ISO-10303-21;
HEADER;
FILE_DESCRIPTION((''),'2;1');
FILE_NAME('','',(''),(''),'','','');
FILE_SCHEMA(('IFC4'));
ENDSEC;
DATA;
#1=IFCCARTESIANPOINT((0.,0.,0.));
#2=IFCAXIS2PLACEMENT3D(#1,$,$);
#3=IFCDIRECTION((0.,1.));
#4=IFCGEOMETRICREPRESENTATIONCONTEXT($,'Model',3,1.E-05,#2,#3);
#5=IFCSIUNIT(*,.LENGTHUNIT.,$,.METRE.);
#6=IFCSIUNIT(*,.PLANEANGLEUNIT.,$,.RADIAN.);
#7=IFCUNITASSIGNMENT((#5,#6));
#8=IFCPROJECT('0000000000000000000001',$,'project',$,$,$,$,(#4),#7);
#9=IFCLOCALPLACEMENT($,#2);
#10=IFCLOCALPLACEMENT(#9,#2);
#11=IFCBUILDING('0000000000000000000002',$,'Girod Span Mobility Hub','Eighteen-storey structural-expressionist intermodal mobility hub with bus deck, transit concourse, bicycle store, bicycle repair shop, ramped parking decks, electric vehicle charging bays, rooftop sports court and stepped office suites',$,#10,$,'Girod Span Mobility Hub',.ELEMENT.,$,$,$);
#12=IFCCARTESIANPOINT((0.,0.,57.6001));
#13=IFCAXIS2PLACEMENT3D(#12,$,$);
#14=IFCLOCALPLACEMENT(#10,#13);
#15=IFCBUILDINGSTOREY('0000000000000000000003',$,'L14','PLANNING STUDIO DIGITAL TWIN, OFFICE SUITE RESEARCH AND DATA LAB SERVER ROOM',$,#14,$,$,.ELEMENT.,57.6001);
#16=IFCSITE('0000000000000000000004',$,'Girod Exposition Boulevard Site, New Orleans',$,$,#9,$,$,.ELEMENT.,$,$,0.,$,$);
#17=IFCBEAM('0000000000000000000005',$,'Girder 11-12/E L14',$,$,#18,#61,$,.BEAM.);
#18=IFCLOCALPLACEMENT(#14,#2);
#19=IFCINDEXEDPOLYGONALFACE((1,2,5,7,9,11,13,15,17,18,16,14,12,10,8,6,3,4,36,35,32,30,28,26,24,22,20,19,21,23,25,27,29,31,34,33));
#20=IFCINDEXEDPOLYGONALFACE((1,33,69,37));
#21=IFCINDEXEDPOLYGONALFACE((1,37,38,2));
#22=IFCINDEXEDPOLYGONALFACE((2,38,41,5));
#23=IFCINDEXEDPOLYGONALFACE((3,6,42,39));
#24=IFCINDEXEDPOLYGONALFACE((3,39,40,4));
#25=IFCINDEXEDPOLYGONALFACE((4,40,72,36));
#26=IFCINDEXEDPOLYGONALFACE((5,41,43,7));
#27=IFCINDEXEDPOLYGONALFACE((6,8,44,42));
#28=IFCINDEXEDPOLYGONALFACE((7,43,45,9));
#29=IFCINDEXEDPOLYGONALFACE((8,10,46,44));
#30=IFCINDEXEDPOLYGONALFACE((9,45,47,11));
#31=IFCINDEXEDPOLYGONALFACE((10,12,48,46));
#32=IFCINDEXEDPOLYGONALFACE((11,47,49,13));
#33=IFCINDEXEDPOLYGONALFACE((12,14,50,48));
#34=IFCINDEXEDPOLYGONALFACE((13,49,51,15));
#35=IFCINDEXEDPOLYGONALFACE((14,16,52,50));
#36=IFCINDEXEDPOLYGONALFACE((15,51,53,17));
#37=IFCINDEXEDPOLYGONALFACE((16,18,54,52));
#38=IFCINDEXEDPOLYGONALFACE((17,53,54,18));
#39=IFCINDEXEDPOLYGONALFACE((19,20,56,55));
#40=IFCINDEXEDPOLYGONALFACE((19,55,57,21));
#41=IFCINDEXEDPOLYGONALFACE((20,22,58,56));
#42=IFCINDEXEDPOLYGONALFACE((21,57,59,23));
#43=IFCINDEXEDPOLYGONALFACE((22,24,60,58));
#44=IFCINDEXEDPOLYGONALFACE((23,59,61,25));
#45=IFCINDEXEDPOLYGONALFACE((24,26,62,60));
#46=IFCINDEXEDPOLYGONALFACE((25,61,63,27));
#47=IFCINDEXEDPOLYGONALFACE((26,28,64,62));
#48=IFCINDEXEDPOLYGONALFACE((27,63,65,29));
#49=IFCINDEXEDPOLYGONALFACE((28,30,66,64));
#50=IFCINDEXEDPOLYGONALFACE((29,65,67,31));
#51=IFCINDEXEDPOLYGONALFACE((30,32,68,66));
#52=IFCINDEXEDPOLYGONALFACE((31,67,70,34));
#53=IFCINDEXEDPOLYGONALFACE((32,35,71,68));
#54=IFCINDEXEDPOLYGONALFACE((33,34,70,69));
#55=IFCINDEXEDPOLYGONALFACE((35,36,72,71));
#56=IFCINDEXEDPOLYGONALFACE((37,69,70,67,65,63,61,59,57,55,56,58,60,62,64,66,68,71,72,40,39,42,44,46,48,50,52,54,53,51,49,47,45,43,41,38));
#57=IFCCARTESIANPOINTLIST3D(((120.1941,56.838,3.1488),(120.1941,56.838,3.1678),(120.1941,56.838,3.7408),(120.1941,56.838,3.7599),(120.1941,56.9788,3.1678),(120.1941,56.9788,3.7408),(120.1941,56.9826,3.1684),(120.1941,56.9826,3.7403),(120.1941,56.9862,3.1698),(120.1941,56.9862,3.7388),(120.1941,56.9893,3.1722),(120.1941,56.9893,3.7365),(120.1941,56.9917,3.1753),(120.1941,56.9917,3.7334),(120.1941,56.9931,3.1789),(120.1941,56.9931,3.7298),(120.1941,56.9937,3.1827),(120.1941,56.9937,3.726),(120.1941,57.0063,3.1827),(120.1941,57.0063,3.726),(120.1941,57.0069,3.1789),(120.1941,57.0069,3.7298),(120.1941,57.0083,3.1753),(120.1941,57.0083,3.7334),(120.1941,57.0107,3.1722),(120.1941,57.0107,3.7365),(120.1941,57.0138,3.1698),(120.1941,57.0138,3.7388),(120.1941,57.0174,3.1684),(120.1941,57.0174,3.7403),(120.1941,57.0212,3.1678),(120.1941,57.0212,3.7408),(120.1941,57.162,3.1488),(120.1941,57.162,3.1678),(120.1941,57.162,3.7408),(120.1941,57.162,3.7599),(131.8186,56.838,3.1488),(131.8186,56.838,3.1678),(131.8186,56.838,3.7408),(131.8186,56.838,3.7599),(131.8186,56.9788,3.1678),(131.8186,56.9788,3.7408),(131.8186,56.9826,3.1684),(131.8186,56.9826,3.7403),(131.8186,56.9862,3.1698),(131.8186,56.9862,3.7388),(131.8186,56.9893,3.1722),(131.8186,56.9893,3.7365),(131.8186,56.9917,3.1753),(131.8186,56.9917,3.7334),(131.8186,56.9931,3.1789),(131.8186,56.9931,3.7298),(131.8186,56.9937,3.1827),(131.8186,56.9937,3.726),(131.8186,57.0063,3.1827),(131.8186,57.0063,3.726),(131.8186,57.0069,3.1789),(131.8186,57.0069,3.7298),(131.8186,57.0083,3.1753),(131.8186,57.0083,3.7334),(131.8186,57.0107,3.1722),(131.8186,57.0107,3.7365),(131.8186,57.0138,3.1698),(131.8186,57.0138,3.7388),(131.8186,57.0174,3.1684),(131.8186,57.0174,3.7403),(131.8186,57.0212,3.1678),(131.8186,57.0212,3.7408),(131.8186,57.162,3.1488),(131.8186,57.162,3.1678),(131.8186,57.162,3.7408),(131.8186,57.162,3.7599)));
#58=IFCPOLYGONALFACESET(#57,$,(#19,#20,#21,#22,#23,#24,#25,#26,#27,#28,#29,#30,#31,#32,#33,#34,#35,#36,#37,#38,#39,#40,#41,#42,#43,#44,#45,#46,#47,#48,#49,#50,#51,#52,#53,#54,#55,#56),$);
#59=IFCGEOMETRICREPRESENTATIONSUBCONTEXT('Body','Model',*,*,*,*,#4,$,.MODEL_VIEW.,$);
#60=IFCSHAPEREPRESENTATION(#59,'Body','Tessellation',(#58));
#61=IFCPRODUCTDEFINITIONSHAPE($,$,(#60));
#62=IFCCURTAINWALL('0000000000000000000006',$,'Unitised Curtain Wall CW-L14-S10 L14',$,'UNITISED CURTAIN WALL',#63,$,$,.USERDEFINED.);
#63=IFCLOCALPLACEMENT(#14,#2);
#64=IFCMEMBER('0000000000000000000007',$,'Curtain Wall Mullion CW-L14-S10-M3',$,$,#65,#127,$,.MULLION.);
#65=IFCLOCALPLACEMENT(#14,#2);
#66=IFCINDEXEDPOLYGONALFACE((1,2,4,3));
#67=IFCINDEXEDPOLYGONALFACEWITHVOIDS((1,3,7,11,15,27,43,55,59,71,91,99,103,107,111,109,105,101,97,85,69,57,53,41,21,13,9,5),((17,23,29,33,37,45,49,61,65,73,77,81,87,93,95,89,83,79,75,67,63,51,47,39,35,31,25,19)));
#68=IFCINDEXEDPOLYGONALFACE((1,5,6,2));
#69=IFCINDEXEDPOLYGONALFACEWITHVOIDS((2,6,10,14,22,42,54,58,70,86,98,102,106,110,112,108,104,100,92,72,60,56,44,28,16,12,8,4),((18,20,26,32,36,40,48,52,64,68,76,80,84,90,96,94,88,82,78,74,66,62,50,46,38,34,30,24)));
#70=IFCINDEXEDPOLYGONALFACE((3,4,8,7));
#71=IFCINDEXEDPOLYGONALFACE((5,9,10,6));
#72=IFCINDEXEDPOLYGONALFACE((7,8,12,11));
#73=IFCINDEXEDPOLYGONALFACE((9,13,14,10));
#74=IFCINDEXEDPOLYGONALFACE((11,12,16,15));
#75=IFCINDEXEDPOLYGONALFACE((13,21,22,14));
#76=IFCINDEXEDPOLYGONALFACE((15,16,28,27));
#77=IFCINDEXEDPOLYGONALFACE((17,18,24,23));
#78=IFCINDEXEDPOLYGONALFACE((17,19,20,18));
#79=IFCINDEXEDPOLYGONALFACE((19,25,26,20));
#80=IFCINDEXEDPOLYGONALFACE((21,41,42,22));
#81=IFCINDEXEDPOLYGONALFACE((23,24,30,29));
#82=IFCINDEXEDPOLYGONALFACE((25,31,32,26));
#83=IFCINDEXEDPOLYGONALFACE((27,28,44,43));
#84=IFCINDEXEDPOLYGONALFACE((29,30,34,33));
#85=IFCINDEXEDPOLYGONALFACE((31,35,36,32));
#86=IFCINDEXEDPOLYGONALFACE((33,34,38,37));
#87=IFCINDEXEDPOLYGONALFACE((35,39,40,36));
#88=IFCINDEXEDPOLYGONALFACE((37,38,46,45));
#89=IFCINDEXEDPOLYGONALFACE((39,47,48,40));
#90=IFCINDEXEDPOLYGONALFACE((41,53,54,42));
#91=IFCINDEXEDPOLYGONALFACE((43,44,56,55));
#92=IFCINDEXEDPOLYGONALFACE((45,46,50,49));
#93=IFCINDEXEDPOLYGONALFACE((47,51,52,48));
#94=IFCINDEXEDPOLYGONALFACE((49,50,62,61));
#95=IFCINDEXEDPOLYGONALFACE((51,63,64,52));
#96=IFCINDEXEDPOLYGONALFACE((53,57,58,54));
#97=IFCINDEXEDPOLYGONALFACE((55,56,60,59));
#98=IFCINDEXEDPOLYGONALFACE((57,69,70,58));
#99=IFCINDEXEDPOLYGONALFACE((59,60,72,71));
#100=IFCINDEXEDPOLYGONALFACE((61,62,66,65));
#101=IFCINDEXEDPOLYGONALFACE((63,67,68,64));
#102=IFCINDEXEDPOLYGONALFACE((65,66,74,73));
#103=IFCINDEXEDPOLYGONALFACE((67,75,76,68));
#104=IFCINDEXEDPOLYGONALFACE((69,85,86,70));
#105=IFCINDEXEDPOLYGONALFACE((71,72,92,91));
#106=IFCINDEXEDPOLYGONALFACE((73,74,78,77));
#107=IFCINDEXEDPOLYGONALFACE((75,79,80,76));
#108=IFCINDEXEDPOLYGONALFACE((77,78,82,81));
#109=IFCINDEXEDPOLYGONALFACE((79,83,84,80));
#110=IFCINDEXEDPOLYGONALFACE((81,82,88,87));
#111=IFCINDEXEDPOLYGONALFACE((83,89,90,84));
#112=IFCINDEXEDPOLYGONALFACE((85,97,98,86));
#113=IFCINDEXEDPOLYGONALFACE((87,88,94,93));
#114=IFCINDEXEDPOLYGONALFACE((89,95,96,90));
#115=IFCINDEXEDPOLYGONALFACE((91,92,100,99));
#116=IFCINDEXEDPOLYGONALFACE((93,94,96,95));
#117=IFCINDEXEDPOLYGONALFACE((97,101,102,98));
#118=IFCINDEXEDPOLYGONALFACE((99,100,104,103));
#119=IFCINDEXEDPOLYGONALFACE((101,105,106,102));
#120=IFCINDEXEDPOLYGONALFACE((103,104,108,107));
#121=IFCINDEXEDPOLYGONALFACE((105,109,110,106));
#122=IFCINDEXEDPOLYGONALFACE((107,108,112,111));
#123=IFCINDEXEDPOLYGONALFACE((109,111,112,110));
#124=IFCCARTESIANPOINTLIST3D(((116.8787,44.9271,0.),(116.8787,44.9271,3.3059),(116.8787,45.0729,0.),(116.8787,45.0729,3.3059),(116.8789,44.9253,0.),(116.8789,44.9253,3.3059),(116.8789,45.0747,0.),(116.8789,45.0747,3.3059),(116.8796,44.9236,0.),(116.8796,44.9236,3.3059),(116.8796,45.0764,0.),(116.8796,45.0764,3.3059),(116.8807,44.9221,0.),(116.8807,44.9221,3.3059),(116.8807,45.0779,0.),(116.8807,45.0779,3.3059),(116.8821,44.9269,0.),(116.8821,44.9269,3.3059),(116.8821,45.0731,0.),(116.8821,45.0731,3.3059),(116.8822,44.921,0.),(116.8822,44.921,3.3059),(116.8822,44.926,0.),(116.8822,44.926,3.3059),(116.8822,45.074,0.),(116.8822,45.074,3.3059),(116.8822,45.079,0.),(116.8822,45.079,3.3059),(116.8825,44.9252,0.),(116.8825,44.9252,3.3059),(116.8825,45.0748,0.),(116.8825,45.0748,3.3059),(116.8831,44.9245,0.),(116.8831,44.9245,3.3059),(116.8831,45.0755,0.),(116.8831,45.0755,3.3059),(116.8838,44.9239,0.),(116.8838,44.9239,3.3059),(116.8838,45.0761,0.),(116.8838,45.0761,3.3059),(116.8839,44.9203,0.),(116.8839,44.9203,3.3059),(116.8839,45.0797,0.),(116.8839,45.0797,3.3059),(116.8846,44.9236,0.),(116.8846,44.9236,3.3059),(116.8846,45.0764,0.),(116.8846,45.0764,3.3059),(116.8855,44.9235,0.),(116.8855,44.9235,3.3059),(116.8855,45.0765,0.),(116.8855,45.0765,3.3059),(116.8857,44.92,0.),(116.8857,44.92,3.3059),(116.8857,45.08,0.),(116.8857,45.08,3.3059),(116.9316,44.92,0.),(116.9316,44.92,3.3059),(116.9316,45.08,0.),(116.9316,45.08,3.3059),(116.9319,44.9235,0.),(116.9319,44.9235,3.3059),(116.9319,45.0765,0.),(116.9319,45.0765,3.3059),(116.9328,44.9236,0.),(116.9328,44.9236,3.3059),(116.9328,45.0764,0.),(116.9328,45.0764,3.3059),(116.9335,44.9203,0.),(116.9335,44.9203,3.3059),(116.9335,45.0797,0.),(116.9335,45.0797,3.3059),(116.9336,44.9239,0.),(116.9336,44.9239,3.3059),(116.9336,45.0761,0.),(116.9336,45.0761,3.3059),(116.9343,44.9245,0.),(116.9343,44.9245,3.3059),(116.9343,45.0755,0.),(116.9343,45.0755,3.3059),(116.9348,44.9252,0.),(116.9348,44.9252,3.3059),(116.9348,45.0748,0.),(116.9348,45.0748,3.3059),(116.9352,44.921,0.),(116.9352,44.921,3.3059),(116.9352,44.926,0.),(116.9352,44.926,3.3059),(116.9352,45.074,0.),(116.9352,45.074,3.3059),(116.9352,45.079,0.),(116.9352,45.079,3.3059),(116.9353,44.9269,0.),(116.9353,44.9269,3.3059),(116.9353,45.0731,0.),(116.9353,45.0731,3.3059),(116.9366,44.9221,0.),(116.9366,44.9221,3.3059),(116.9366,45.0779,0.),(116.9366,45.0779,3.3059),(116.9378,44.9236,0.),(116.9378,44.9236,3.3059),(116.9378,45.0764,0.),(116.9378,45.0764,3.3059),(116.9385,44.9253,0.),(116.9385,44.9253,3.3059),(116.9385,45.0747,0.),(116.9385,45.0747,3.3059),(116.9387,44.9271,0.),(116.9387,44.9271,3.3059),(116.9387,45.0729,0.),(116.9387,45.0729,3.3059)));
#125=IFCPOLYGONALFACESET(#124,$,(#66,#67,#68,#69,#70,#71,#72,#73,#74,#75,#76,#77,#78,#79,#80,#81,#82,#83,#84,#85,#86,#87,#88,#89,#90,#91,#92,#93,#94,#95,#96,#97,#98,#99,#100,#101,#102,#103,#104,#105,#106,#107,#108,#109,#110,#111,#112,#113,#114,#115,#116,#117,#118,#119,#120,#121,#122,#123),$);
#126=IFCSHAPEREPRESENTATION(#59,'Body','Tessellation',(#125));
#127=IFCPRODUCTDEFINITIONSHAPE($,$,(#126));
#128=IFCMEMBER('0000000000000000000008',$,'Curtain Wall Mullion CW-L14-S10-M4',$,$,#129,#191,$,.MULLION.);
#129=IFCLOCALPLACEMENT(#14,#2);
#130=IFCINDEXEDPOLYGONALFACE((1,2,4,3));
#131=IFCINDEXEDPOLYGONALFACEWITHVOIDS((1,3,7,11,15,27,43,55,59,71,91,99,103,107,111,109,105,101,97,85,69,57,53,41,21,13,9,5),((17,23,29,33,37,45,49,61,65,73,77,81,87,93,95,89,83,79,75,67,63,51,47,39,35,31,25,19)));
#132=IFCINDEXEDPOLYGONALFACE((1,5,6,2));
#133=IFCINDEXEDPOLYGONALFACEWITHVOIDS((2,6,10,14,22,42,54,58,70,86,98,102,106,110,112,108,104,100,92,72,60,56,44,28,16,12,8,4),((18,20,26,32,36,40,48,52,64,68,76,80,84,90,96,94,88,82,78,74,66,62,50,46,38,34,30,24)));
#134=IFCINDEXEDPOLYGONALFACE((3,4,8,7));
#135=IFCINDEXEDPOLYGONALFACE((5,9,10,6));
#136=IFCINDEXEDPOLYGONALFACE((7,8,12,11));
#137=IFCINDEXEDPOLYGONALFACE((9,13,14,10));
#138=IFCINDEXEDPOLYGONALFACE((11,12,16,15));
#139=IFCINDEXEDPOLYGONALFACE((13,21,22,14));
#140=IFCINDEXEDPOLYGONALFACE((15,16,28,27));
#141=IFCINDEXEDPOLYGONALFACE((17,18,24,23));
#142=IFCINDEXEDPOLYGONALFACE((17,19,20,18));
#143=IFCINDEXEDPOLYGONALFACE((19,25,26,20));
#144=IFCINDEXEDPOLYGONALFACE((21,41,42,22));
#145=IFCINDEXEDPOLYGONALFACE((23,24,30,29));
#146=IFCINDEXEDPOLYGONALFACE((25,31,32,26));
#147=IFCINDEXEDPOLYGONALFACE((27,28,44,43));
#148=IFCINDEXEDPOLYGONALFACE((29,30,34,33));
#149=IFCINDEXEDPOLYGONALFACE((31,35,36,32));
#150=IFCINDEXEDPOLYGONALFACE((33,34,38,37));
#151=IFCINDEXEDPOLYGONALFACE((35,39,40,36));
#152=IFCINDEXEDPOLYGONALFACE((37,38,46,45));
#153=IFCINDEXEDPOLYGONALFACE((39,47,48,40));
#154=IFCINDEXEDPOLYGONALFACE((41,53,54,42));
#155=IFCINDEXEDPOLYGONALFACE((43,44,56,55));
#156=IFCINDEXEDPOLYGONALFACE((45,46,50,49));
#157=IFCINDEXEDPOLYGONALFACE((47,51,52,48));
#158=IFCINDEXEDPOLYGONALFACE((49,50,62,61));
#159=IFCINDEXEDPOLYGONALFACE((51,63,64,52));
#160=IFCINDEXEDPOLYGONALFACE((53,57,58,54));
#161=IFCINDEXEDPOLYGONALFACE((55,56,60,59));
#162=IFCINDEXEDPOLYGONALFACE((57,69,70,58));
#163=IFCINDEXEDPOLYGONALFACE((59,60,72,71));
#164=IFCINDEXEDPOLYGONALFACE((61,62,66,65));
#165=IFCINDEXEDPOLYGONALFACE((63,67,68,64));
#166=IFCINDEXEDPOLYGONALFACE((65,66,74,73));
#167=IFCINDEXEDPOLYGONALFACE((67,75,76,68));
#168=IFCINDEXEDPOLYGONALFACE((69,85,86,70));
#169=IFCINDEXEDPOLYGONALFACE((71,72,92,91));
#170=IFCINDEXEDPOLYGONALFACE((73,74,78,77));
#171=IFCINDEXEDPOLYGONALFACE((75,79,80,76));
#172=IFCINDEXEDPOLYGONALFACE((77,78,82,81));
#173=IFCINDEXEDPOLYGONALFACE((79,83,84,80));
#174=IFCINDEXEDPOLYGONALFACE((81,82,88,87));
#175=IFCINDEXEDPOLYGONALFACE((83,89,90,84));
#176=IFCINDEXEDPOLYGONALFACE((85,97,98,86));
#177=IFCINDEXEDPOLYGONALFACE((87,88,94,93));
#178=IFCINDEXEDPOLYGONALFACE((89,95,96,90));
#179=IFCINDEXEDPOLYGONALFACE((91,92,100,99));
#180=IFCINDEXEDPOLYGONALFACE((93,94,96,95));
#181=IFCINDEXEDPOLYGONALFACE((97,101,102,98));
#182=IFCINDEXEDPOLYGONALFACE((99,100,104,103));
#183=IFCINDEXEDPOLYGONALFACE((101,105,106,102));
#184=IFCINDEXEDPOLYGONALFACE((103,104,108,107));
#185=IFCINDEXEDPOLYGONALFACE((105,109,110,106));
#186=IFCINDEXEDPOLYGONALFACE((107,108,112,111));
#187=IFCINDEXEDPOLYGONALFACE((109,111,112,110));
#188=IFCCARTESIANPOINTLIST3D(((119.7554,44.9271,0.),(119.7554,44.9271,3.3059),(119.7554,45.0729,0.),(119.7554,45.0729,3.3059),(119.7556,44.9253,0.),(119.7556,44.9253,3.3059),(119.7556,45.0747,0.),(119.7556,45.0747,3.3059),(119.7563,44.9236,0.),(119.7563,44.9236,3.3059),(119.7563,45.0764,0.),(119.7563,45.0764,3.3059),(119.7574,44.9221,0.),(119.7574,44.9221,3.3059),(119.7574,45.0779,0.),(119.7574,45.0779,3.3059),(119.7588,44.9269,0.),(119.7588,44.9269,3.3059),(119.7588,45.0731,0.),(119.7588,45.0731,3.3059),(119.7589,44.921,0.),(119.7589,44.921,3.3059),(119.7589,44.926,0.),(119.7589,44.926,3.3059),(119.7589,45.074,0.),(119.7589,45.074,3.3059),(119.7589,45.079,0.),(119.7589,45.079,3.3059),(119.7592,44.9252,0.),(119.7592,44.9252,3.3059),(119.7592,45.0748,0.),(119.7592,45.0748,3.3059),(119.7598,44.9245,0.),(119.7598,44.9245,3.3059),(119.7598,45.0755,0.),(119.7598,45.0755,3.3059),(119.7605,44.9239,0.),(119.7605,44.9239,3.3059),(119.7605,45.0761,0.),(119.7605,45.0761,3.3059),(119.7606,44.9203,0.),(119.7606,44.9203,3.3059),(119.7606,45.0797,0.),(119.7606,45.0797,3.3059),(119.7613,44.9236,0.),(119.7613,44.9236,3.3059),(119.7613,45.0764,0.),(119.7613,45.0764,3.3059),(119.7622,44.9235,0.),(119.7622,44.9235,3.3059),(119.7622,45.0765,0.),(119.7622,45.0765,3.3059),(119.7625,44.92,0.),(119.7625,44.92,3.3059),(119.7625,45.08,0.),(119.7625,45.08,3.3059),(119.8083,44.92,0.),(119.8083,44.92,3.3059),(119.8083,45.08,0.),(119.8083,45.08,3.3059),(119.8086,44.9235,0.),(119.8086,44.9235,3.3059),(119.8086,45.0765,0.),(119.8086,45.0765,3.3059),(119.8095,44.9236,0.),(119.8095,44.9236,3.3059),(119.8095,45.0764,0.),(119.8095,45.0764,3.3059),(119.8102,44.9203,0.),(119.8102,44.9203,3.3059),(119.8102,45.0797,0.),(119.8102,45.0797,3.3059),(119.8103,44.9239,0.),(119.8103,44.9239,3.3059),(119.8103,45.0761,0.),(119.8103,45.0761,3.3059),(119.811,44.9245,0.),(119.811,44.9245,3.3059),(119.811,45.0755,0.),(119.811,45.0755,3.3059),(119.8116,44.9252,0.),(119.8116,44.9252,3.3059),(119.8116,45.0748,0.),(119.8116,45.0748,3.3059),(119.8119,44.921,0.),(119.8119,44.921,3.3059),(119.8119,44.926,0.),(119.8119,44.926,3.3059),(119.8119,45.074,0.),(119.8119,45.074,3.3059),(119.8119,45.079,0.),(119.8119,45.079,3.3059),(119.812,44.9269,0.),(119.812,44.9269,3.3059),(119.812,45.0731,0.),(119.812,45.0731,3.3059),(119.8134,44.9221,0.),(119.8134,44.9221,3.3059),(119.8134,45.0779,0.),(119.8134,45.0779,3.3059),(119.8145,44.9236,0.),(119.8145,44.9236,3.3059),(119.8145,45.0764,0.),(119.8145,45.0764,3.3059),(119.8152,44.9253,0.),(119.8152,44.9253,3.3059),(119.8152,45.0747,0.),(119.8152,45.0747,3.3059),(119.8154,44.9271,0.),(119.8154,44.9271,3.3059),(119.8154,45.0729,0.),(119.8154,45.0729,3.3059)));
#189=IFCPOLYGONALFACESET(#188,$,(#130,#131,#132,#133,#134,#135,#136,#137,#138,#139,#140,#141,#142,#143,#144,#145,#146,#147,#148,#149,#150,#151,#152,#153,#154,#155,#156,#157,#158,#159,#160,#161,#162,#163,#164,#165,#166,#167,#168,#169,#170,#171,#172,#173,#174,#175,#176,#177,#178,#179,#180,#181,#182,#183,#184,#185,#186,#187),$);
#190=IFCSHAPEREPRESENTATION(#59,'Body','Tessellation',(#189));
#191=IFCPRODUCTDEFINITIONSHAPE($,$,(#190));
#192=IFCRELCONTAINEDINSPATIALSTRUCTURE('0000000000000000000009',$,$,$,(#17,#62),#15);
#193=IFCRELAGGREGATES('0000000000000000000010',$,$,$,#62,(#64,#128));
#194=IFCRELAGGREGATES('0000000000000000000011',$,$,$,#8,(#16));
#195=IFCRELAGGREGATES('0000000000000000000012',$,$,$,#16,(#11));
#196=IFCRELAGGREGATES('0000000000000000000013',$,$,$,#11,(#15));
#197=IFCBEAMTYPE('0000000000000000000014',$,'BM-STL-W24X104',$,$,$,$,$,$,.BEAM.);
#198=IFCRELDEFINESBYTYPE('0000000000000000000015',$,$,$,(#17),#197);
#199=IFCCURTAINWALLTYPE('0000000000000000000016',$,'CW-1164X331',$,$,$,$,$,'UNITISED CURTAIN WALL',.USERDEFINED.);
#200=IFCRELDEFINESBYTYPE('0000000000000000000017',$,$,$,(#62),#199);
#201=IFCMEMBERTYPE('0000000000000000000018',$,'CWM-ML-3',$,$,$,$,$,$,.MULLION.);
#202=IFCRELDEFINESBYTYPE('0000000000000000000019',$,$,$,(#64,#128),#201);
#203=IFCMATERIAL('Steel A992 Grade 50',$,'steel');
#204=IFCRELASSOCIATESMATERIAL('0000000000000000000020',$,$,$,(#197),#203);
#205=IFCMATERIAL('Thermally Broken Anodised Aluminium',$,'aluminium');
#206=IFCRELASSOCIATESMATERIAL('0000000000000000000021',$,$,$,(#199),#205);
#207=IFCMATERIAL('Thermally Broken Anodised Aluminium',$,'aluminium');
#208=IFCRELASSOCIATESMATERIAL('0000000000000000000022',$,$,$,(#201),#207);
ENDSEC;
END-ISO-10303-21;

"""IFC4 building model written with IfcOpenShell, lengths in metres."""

from ifc_helpers import new_model, si_unit, direction, frame, origin, origin_2d, place, context, subcontext, project, spatial, hollow_rectangle, i_section, extrude, material, material_profile, profile_set, type_object, element, aggregate, save


model = new_model("IFC4")

# Units and contexts
model_context = context("Model", 3, precision=1e-05, world=origin(), true_north=direction((0.0, 1.0)))
body_context = subcontext(model_context, "Body", "Model", "MODEL_VIEW")
ifc_project = project(units=[si_unit("LENGTHUNIT", "METRE"), si_unit("PLANEANGLEUNIT", "RADIAN")], contexts=[model_context])

# Site, building, storey
site_placement = place(None, origin())
site = spatial("IfcSite", under=ifc_project, at=site_placement, Name="Girod Exposition Boulevard Site, New Orleans", CompositionType="ELEMENT", RefElevation=0.0)
building_placement = place(site_placement, origin())
building = spatial("IfcBuilding", under=site, at=building_placement, Name="Girod Span Mobility Hub", Description="Eighteen-storey structural-expressionist intermodal mobility hub with bus deck, transit concourse, bicycle store, bicycle repair shop, ramped parking decks, electric vehicle charging bays, rooftop sports court and stepped office suites", LongName="Girod Span Mobility Hub", CompositionType="ELEMENT")
storey_placement = place(building_placement, frame((0.0, 0.0, 57.6001)))
storey = spatial("IfcBuildingStorey", under=building, at=storey_placement, Name="L14", Description="PLANNING STUDIO DIGITAL TWIN, OFFICE SUITE RESEARCH AND DATA LAB SERVER ROOM", CompositionType="ELEMENT", Elevation=57.6001)

# Beam
ifc_material_1 = material(Name="Steel A992 Grade 50", Category="steel")
ifc_material_profile_1 = material_profile(ifc_material_1, i_section(OverallWidth=0.324, OverallDepth=0.6111, WebThickness=0.0127, FlangeThickness=0.019, FilletRadius=0.0149, at=origin_2d()), Name="W24X104")
ifc_profile_set_1 = profile_set([ifc_material_profile_1], Name="Steel A992 Grade 50")
beam_type_1 = type_object("IfcBeamType", Name="BM-STL-W24X104", PredefinedType="BEAM", material=ifc_profile_set_1)
beam_1_placement = place(storey_placement, frame((120.1941, 57.0, 3.4543), z_axis=(1.0, 0.0, 0.0), x_axis=(0.0, 1.0, 0.0)))
element("IfcBeam", 1, at=beam_1_placement, inside=storey, type_object=beam_type_1, Name="Girder 11-12/E L14", PredefinedType="BEAM", context=body_context, shape_type="SweptSolid", body=[
    extrude(i_section(OverallWidth=0.324, OverallDepth=0.6111, WebThickness=0.0127, FlangeThickness=0.019, FilletRadius=0.0149, at=origin_2d()), origin(), (0.0, 0.0, 1.0), 11.6245),
])

# Curtain wall, members
ifc_material_2 = material(Name="Thermally Broken Anodised Aluminium", Category="aluminium")
curtain_wall_type = type_object("IfcCurtainWallType", Name="CW-1164X331", ElementType="UNITISED CURTAIN WALL", PredefinedType="USERDEFINED", material=ifc_material_2)
curtain_wall_placement = place(storey_placement, origin())
curtain_wall = element("IfcCurtainWall", 2, at=curtain_wall_placement, inside=storey, type_object=curtain_wall_type, Name="Unitised Curtain Wall CW-L14-S10 L14", ObjectType="UNITISED CURTAIN WALL", PredefinedType="USERDEFINED")
ifc_material_3 = material(Name="Thermally Broken Anodised Aluminium", Category="aluminium")
ifc_material_profile_2 = material_profile(ifc_material_3, hollow_rectangle(XDim=0.1599, YDim=0.0601, WallThickness=0.0034, InnerFilletRadius=0.0034, OuterFilletRadius=0.0071, at=origin_2d()), Name="CW-ML-60X160")
ifc_profile_set_2 = profile_set([ifc_material_profile_2], Name="Thermally Broken Anodised Aluminium")
member_type_1 = type_object("IfcMemberType", Name="CWM-ML-3", PredefinedType="MULLION", material=ifc_profile_set_2)
member_1_placement = place(storey_placement, frame((116.9087, 45.0, 0.0), z_axis=(0.0, 0.0, 1.0), x_axis=(0.0, 1.0, 0.0)))
member_1 = element("IfcMember", 3, at=member_1_placement, type_object=member_type_1, Name="Curtain Wall Mullion CW-L14-S10-M3", PredefinedType="MULLION", context=body_context, shape_type="SweptSolid", body=[
    extrude(hollow_rectangle(XDim=0.1599, YDim=0.0601, WallThickness=0.0034, InnerFilletRadius=0.0034, OuterFilletRadius=0.0071, at=origin_2d()), origin(), (0.0, 0.0, 1.0), 3.3059),
])
member_2_placement = place(storey_placement, frame((119.7854, 45.0, 0.0), z_axis=(0.0, 0.0, 1.0), x_axis=(0.0, 1.0, 0.0)))
member_2 = element("IfcMember", 4, at=member_2_placement, type_object=member_type_1, Name="Curtain Wall Mullion CW-L14-S10-M4", PredefinedType="MULLION", context=body_context, shape_type="SweptSolid", body=[
    extrude(hollow_rectangle(XDim=0.1599, YDim=0.0601, WallThickness=0.0034, InnerFilletRadius=0.0034, OuterFilletRadius=0.0071, at=origin_2d()), origin(), (0.0, 0.0, 1.0), 3.3059),
])

aggregate(curtain_wall, [member_1, member_2])

save(model, "model.ifc")
